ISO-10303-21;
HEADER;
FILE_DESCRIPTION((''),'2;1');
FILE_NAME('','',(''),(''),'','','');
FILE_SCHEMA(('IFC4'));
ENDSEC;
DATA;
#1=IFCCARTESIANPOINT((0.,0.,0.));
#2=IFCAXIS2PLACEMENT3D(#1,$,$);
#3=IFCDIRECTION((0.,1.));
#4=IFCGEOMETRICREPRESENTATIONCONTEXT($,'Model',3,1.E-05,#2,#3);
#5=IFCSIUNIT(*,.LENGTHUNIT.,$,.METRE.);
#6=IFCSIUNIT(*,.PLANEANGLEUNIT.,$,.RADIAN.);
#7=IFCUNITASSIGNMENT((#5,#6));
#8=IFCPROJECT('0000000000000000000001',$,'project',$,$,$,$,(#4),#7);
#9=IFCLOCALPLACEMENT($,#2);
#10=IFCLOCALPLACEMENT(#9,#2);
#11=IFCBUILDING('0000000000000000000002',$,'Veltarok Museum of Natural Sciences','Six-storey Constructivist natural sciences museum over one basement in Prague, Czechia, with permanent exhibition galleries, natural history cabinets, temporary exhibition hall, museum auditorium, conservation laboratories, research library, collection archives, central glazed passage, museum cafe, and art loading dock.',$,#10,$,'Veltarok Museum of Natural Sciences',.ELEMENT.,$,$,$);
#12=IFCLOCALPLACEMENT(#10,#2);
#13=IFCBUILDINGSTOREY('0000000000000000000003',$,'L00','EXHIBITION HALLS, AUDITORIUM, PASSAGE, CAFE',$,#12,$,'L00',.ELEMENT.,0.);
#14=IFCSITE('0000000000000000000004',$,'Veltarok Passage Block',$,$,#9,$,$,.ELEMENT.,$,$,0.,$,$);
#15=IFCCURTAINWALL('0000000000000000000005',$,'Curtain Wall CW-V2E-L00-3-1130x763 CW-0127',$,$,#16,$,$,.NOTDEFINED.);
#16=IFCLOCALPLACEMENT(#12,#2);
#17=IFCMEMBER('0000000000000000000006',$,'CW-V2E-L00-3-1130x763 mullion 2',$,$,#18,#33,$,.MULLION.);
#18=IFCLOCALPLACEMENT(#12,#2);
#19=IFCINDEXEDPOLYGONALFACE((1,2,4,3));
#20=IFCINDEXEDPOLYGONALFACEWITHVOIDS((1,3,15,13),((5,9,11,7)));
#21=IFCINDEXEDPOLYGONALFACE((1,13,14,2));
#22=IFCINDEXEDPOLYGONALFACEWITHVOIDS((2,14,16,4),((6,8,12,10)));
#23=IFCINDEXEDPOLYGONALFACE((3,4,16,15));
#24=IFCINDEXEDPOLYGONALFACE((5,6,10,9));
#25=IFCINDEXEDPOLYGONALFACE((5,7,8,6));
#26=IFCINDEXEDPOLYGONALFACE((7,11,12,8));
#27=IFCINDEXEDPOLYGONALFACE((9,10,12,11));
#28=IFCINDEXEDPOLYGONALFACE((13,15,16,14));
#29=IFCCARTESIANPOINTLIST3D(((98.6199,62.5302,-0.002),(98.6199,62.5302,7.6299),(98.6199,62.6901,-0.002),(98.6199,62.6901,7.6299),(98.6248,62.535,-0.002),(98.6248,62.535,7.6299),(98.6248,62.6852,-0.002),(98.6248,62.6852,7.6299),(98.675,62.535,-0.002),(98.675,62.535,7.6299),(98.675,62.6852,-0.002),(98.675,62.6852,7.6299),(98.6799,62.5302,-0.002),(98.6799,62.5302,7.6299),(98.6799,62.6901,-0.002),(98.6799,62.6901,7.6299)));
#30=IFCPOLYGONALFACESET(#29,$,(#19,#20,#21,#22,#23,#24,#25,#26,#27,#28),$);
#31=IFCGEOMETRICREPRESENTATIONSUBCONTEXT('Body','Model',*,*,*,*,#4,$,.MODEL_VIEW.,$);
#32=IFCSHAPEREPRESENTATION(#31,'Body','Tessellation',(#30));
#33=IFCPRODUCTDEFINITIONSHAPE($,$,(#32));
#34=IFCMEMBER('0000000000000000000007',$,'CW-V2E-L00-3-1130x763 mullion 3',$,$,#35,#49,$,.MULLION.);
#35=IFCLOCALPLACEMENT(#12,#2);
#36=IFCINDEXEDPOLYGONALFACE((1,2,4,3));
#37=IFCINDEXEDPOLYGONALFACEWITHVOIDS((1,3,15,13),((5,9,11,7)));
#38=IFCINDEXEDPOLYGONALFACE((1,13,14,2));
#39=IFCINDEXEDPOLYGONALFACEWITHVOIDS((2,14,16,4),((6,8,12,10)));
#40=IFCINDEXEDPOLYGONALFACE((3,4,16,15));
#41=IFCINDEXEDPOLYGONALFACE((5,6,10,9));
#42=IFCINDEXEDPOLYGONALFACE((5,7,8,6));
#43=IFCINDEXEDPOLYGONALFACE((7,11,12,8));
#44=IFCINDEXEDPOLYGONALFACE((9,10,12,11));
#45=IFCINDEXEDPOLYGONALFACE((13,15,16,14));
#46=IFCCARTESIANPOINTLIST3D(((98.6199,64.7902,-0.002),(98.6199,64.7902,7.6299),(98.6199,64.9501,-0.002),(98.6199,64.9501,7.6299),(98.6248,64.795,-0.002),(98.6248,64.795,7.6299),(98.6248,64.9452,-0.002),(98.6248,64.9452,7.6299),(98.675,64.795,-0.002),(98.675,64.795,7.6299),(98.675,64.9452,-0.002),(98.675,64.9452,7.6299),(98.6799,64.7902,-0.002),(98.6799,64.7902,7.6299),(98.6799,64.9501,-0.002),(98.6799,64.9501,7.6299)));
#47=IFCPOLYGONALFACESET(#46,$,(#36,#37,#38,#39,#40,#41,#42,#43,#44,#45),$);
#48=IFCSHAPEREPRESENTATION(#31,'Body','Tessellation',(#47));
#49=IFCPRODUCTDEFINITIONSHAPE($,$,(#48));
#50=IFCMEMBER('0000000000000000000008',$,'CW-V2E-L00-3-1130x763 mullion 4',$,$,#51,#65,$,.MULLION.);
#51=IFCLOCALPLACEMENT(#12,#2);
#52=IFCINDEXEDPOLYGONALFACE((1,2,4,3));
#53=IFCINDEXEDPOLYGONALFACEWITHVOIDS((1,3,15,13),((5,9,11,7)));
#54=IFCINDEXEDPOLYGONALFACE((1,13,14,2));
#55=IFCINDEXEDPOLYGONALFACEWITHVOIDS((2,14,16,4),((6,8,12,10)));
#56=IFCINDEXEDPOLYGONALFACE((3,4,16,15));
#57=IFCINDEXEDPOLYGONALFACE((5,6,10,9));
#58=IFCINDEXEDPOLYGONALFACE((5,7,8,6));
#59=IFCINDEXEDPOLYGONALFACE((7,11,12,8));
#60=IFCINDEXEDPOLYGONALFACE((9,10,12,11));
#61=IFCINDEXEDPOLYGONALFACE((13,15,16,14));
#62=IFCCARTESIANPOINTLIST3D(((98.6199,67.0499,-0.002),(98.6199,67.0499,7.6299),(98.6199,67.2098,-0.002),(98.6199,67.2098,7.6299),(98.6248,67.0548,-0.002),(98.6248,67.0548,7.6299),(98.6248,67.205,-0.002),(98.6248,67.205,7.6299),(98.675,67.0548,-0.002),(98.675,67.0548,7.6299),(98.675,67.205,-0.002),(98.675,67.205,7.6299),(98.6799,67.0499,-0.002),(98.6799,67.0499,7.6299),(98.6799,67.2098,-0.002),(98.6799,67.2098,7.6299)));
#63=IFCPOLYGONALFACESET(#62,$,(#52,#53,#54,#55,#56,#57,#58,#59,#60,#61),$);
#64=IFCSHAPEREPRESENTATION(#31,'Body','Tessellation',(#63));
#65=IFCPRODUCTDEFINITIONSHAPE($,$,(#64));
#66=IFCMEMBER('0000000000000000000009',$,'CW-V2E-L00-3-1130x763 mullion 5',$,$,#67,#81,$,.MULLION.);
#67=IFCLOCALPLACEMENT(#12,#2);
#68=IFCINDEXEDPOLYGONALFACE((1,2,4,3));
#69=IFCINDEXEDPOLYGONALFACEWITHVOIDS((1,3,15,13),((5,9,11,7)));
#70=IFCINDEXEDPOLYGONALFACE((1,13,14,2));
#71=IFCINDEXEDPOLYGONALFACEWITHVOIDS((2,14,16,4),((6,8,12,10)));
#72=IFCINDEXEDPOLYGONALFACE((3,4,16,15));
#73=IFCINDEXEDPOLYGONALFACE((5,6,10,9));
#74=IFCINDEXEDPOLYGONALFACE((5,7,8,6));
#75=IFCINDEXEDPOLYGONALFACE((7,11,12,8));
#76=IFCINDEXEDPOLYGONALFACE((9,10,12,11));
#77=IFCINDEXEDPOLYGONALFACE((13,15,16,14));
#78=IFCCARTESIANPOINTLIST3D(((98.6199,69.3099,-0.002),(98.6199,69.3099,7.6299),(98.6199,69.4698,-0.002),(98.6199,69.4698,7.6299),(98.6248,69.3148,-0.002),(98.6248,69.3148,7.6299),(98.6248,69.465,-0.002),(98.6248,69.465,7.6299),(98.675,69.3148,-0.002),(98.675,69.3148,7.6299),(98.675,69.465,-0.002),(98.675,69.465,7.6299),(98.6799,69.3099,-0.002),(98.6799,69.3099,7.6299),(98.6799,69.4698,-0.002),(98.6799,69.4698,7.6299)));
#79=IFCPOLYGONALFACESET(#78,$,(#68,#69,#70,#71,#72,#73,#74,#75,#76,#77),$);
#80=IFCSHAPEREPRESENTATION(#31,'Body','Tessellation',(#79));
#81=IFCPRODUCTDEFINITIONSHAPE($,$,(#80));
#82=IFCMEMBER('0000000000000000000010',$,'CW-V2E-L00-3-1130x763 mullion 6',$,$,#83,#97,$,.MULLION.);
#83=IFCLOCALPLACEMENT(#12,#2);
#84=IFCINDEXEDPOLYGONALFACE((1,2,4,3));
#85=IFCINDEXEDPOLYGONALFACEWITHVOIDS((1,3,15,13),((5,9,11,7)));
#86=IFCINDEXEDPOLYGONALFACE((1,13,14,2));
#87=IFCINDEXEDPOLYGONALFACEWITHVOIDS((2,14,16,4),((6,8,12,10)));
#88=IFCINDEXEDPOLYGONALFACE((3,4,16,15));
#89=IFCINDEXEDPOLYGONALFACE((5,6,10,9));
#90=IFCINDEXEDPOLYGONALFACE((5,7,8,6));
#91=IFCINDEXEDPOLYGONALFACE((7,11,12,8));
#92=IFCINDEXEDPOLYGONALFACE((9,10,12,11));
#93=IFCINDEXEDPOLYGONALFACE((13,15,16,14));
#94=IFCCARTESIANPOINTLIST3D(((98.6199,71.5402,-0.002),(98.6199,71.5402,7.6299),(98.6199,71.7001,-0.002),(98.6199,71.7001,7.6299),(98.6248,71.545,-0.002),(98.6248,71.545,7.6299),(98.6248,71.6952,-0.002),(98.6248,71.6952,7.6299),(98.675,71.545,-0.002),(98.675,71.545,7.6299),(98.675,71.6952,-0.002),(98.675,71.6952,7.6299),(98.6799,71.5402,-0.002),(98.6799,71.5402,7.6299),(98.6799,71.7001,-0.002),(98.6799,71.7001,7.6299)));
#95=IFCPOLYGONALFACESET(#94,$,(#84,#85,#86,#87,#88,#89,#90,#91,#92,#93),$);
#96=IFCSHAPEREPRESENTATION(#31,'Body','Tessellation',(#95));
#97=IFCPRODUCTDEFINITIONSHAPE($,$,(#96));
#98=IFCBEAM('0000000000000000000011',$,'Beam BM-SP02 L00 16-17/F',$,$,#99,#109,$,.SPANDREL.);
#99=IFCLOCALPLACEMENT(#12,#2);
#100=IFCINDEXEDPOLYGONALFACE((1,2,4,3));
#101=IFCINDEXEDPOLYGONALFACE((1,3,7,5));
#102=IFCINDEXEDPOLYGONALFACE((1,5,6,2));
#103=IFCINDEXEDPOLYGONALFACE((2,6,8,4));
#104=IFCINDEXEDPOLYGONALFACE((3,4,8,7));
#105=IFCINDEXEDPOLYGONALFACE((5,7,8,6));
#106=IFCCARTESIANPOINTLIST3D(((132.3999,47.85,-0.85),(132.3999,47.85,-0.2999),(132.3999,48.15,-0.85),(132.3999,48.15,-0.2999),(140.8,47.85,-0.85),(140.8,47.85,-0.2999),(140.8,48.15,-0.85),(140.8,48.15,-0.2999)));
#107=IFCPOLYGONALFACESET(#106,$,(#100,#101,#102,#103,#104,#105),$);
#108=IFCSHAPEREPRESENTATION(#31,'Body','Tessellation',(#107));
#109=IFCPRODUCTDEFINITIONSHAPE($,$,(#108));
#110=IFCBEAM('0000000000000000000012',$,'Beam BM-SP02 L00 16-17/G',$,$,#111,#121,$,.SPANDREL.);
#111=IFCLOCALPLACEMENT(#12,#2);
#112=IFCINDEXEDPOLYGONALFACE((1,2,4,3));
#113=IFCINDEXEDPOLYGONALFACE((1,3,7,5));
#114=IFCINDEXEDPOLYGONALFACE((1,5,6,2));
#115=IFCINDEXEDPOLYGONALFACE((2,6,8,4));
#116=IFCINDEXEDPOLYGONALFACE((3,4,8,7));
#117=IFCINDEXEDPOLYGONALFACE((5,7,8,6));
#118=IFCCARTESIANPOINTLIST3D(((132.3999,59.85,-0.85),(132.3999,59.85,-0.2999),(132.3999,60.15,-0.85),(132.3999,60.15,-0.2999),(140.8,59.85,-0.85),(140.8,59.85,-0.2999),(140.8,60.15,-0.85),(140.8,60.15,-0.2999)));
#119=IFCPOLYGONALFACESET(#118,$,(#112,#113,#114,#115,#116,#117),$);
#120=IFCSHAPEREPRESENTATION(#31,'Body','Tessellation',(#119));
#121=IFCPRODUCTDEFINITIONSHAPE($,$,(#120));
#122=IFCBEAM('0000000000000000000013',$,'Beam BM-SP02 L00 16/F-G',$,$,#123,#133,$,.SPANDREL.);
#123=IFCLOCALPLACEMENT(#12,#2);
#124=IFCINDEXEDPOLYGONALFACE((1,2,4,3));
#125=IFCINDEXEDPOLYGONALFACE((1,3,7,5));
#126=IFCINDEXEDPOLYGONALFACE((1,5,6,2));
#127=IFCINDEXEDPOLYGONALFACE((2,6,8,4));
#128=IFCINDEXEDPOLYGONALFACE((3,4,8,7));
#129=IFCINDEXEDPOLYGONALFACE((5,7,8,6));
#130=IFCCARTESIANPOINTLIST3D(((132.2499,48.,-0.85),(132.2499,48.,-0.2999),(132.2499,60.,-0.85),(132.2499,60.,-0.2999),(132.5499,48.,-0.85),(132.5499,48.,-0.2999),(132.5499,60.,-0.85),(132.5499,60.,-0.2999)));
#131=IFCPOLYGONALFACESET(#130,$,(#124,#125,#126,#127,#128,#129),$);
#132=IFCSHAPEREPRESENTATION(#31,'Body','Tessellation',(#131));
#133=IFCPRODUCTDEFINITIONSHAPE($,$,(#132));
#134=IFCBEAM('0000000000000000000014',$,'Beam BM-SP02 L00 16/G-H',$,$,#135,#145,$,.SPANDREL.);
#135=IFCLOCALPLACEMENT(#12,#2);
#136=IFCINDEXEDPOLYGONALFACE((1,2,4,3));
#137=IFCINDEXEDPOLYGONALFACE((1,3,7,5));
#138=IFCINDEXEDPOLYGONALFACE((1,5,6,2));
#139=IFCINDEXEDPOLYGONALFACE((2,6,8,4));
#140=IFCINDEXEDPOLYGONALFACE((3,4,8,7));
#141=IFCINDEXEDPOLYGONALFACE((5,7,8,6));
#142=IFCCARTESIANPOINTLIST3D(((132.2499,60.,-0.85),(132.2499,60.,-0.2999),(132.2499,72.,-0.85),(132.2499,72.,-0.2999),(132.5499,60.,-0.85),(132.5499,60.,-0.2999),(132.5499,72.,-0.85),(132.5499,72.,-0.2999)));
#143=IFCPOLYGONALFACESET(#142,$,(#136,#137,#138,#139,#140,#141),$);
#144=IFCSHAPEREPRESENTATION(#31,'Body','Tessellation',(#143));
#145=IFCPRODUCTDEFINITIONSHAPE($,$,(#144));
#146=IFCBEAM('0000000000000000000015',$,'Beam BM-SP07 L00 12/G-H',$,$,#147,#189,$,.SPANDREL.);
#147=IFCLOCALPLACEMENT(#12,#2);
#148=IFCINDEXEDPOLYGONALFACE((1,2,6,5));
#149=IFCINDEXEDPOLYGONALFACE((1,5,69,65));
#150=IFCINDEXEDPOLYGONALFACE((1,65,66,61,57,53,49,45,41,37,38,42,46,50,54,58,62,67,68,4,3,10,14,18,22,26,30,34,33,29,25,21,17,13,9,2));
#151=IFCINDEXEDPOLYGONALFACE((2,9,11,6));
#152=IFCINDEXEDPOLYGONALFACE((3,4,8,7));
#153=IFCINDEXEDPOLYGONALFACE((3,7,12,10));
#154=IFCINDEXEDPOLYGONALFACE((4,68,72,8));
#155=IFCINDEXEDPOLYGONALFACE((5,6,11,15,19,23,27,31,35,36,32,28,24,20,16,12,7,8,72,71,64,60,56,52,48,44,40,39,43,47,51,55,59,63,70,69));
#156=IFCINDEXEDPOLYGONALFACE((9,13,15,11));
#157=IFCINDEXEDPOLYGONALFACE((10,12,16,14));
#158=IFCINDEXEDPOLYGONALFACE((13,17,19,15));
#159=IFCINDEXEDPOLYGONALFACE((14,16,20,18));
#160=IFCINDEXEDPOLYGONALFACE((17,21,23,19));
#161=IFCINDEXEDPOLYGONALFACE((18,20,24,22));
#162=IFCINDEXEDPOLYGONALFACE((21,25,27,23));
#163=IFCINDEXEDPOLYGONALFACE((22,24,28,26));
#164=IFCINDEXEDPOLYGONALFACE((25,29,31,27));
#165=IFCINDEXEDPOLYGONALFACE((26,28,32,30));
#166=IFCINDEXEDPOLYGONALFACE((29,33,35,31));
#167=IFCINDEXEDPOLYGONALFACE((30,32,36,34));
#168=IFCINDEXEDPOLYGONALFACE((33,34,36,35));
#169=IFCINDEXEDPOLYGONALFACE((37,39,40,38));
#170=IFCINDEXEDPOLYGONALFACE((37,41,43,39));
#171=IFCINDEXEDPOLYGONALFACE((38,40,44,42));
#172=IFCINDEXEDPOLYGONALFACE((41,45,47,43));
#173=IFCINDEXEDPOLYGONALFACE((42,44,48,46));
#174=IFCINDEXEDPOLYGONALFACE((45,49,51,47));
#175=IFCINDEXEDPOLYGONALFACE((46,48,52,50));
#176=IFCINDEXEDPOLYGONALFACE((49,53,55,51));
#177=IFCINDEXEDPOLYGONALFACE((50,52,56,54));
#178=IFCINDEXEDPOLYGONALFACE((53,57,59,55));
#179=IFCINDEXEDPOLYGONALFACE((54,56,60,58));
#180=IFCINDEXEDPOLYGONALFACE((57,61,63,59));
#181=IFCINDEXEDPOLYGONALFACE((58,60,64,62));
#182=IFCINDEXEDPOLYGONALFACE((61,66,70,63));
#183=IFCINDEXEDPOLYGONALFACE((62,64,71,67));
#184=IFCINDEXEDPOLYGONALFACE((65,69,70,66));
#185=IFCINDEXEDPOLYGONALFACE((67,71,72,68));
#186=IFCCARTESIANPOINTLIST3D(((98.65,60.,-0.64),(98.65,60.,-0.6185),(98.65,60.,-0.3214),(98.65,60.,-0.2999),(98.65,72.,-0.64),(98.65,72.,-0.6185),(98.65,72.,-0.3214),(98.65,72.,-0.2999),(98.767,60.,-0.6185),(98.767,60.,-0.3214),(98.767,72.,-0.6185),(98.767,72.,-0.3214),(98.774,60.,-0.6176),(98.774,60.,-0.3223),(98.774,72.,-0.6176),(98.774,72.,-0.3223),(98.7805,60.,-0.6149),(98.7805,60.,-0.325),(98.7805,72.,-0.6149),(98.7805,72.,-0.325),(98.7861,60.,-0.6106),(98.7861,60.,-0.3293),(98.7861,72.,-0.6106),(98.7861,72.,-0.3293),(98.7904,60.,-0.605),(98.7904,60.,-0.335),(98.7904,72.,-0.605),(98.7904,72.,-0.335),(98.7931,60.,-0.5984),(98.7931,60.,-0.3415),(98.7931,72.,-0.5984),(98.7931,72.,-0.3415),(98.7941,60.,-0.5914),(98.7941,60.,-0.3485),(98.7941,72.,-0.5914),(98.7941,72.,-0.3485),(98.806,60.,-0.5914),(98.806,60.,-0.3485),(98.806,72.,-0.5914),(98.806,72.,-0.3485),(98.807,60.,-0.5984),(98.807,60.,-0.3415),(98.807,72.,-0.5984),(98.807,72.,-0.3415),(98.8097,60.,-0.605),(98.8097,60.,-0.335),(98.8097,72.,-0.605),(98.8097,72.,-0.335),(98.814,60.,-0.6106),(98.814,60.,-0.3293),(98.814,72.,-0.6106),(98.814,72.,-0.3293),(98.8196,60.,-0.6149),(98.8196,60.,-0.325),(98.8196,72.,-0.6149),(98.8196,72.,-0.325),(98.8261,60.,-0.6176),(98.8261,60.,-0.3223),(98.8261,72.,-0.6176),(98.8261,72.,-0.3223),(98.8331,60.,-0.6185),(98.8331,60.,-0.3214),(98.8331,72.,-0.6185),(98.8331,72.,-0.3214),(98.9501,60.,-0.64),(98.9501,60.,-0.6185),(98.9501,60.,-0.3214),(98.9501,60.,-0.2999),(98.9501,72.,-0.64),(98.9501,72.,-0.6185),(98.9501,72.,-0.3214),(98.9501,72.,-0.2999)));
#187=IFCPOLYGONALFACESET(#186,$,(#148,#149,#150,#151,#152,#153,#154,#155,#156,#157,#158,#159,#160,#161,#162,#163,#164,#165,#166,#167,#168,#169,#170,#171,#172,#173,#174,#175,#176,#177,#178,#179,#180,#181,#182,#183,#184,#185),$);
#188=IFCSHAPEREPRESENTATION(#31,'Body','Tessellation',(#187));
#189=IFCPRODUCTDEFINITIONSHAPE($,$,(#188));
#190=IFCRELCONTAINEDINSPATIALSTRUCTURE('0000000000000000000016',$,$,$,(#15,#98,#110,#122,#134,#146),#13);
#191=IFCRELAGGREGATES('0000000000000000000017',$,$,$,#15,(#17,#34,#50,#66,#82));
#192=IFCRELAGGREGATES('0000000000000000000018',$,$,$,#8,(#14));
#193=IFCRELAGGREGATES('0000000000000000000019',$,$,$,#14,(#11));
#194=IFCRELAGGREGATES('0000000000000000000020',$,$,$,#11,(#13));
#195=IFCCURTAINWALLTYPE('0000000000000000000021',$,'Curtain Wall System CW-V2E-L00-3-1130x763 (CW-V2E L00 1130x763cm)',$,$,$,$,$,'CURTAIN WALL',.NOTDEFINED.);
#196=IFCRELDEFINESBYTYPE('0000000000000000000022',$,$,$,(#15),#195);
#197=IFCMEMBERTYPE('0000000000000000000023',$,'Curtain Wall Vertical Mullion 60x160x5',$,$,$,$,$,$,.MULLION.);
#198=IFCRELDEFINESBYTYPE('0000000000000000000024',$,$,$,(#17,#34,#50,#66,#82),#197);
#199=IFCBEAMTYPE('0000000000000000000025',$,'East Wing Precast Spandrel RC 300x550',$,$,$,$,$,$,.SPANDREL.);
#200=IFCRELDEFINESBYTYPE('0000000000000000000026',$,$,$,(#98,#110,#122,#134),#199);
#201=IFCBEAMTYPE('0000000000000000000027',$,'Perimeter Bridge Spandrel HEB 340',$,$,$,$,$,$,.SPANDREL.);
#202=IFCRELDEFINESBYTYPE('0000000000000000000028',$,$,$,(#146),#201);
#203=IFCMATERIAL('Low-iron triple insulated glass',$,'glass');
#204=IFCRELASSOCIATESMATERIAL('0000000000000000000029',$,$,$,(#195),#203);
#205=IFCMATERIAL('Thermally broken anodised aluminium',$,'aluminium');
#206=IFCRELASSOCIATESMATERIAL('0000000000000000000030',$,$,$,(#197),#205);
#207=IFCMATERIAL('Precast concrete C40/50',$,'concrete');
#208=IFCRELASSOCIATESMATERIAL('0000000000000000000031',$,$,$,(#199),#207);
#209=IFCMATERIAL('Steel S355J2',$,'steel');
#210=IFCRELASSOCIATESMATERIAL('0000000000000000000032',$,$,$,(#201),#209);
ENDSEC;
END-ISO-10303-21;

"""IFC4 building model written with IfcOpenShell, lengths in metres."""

from ifc_helpers import new_model, si_unit, direction, frame, origin, origin_2d, place, context, subcontext, project, spatial, rectangle, hollow_rectangle, i_section, extrude, material, material_profile, profile_set, type_object, element, aggregate, save


model = new_model("IFC4")

# Units and contexts
model_context = context("Model", 3, precision=1e-05, world=origin(), true_north=direction((0.0, 1.0)))
body_context = subcontext(model_context, "Body", "Model", "MODEL_VIEW")
ifc_project = project(units=[si_unit("LENGTHUNIT", "METRE"), si_unit("PLANEANGLEUNIT", "RADIAN")], contexts=[model_context])

# Site, building, storey
site_placement = place(None, origin())
site = spatial("IfcSite", under=ifc_project, at=site_placement, Name="Veltarok Passage Block", CompositionType="ELEMENT", RefElevation=0.0)
building_placement = place(site_placement, origin())
building = spatial("IfcBuilding", under=site, at=building_placement, Name="Veltarok Museum of Natural Sciences", Description="Six-storey Constructivist natural sciences museum over one basement in Prague, Czechia, with permanent exhibition galleries, natural history cabinets, temporary exhibition hall, museum auditorium, conservation laboratories, research library, collection archives, central glazed passage, museum cafe, and art loading dock.", LongName="Veltarok Museum of Natural Sciences", CompositionType="ELEMENT")
storey_placement = place(building_placement, origin())
storey = spatial("IfcBuildingStorey", under=building, at=storey_placement, Name="L00", Description="EXHIBITION HALLS, AUDITORIUM, PASSAGE, CAFE", LongName="L00", CompositionType="ELEMENT", Elevation=0.0)

# Shared definitions
ifc_material_1 = material(Name="Steel S355J2", Category="steel")

# Curtain wall, members
ifc_material_2 = material(Name="Low-iron triple insulated glass", Category="glass")
curtain_wall_type = type_object("IfcCurtainWallType", Name="Curtain Wall System CW-V2E-L00-3-1130x763 (CW-V2E L00 1130x763cm)", ElementType="CURTAIN WALL", PredefinedType="NOTDEFINED", material=ifc_material_2)
curtain_wall_placement = place(storey_placement, origin())
curtain_wall = element("IfcCurtainWall", 1, at=curtain_wall_placement, inside=storey, type_object=curtain_wall_type, Name="Curtain Wall CW-V2E-L00-3-1130x763 CW-0127", PredefinedType="NOTDEFINED")
ifc_material_3 = material(Name="Thermally broken anodised aluminium", Category="aluminium")
ifc_material_profile_1 = material_profile(ifc_material_3, hollow_rectangle(XDim=0.0601, YDim=0.1599, WallThickness=0.0049, at=origin_2d()), Name="CW MULLION 60x160x5")
ifc_profile_set_1 = profile_set([ifc_material_profile_1], Name="Thermally broken anodised aluminium")
member_type_1 = type_object("IfcMemberType", Name="Curtain Wall Vertical Mullion 60x160x5", PredefinedType="MULLION", material=ifc_profile_set_1)
member_1_placement = place(storey_placement, frame((98.6499, 62.6101, -0.002), z_axis=(0.0, 0.0, 1.0), x_axis=(-1.0, 0.0, 0.0)))
member_1 = element("IfcMember", 2, at=member_1_placement, type_object=member_type_1, Name="CW-V2E-L00-3-1130x763 mullion 2", PredefinedType="MULLION", context=body_context, shape_type="SweptSolid", body=[
    extrude(hollow_rectangle(XDim=0.0601, YDim=0.1599, WallThickness=0.0049, at=origin_2d()), origin(), (0.0, 0.0, 1.0), 7.6318),
])
member_2_placement = place(storey_placement, frame((98.6499, 64.8701, -0.002), z_axis=(0.0, 0.0, 1.0), x_axis=(-1.0, 0.0, 0.0)))
member_2 = element("IfcMember", 3, at=member_2_placement, type_object=member_type_1, Name="CW-V2E-L00-3-1130x763 mullion 3", PredefinedType="MULLION", context=body_context, shape_type="SweptSolid", body=[
    extrude(hollow_rectangle(XDim=0.0601, YDim=0.1599, WallThickness=0.0049, at=origin_2d()), origin(), (0.0, 0.0, 1.0), 7.6318),
])
member_3_placement = place(storey_placement, frame((98.6499, 67.1299, -0.002), z_axis=(0.0, 0.0, 1.0), x_axis=(-1.0, 0.0, 0.0)))
member_3 = element("IfcMember", 4, at=member_3_placement, type_object=member_type_1, Name="CW-V2E-L00-3-1130x763 mullion 4", PredefinedType="MULLION", context=body_context, shape_type="SweptSolid", body=[
    extrude(hollow_rectangle(XDim=0.0601, YDim=0.1599, WallThickness=0.0049, at=origin_2d()), origin(), (0.0, 0.0, 1.0), 7.6318),
])
member_4_placement = place(storey_placement, frame((98.6499, 69.3899, -0.002), z_axis=(0.0, 0.0, 1.0), x_axis=(-1.0, 0.0, 0.0)))
member_4 = element("IfcMember", 5, at=member_4_placement, type_object=member_type_1, Name="CW-V2E-L00-3-1130x763 mullion 5", PredefinedType="MULLION", context=body_context, shape_type="SweptSolid", body=[
    extrude(hollow_rectangle(XDim=0.0601, YDim=0.1599, WallThickness=0.0049, at=origin_2d()), origin(), (0.0, 0.0, 1.0), 7.6318),
])
member_5_placement = place(storey_placement, frame((98.6499, 71.6201, -0.002), z_axis=(0.0, 0.0, 1.0), x_axis=(-1.0, 0.0, 0.0)))
member_5 = element("IfcMember", 6, at=member_5_placement, type_object=member_type_1, Name="CW-V2E-L00-3-1130x763 mullion 6", PredefinedType="MULLION", context=body_context, shape_type="SweptSolid", body=[
    extrude(hollow_rectangle(XDim=0.0601, YDim=0.1599, WallThickness=0.0049, at=origin_2d()), origin(), (0.0, 0.0, 1.0), 7.6318),
])

# Beams
ifc_material_4 = material(Name="Precast concrete C40/50", Category="concrete")
ifc_material_profile_2 = material_profile(ifc_material_4, rectangle(XDim=0.3, YDim=0.55, at=origin_2d()), Name="RC 300x550")
ifc_profile_set_2 = profile_set([ifc_material_profile_2], Name="Precast concrete C40/50")
beam_type_1 = type_object("IfcBeamType", Name="East Wing Precast Spandrel RC 300x550", PredefinedType="SPANDREL", material=ifc_profile_set_2)
for number, where, z_axis, x_axis, name in (
    (7, (132.3999, 48.0, -0.575), (1.0, 0.0, 0.0), (0.0, 1.0, 0.0), "Beam BM-SP02 L00 16-17/F"),
    (8, (132.3999, 60.0, -0.575), (1.0, 0.0, 0.0), (0.0, 1.0, 0.0), "Beam BM-SP02 L00 16-17/G"),
):
    element("IfcBeam", number, at=place(storey_placement, frame(where, z_axis=z_axis, x_axis=x_axis)), inside=storey, type_object=beam_type_1, Name=name, PredefinedType="SPANDREL", context=body_context, shape_type="SweptSolid", body=[
        extrude(rectangle(XDim=0.3, YDim=0.55, at=origin_2d()), origin(), (0.0, 0.0, 1.0), 8.4001),
    ])
for number, where, z_axis, x_axis, name in (
    (9, (132.3999, 48.0, -0.575), (0.0, 1.0, 0.0), (-1.0, 0.0, 0.0), "Beam BM-SP02 L00 16/F-G"),
    (10, (132.3999, 60.0, -0.575), (0.0, 1.0, 0.0), (-1.0, 0.0, 0.0), "Beam BM-SP02 L00 16/G-H"),
):
    element("IfcBeam", number, at=place(storey_placement, frame(where, z_axis=z_axis, x_axis=x_axis)), inside=storey, type_object=beam_type_1, Name=name, PredefinedType="SPANDREL", context=body_context, shape_type="SweptSolid", body=[
        extrude(rectangle(XDim=0.3, YDim=0.55, at=origin_2d()), origin(), (0.0, 0.0, 1.0), 12.0),
    ])
ifc_material_profile_3 = material_profile(ifc_material_1, i_section(OverallWidth=0.3, OverallDepth=0.3401, WebThickness=0.012, FlangeThickness=0.0215, FilletRadius=0.0271, at=origin_2d()), Name="HEB 340")
ifc_profile_set_3 = profile_set([ifc_material_profile_3], Name="Steel S355J2")
beam_type_2 = type_object("IfcBeamType", Name="Perimeter Bridge Spandrel HEB 340", PredefinedType="SPANDREL", material=ifc_profile_set_3)
beam_placement = place(storey_placement, frame((98.8, 60.0, -0.47), z_axis=(0.0, 1.0, 0.0), x_axis=(-1.0, 0.0, 0.0)))
element("IfcBeam", 11, at=beam_placement, inside=storey, type_object=beam_type_2, Name="Beam BM-SP07 L00 12/G-H", PredefinedType="SPANDREL", context=body_context, shape_type="SweptSolid", body=[
    extrude(i_section(OverallWidth=0.3, OverallDepth=0.3401, WebThickness=0.012, FlangeThickness=0.0215, FilletRadius=0.0271, at=origin_2d()), origin(), (0.0, 0.0, 1.0), 12.0),
])

aggregate(curtain_wall, [member_1, member_2, member_3, member_4, member_5])

save(model, "model.ifc")
